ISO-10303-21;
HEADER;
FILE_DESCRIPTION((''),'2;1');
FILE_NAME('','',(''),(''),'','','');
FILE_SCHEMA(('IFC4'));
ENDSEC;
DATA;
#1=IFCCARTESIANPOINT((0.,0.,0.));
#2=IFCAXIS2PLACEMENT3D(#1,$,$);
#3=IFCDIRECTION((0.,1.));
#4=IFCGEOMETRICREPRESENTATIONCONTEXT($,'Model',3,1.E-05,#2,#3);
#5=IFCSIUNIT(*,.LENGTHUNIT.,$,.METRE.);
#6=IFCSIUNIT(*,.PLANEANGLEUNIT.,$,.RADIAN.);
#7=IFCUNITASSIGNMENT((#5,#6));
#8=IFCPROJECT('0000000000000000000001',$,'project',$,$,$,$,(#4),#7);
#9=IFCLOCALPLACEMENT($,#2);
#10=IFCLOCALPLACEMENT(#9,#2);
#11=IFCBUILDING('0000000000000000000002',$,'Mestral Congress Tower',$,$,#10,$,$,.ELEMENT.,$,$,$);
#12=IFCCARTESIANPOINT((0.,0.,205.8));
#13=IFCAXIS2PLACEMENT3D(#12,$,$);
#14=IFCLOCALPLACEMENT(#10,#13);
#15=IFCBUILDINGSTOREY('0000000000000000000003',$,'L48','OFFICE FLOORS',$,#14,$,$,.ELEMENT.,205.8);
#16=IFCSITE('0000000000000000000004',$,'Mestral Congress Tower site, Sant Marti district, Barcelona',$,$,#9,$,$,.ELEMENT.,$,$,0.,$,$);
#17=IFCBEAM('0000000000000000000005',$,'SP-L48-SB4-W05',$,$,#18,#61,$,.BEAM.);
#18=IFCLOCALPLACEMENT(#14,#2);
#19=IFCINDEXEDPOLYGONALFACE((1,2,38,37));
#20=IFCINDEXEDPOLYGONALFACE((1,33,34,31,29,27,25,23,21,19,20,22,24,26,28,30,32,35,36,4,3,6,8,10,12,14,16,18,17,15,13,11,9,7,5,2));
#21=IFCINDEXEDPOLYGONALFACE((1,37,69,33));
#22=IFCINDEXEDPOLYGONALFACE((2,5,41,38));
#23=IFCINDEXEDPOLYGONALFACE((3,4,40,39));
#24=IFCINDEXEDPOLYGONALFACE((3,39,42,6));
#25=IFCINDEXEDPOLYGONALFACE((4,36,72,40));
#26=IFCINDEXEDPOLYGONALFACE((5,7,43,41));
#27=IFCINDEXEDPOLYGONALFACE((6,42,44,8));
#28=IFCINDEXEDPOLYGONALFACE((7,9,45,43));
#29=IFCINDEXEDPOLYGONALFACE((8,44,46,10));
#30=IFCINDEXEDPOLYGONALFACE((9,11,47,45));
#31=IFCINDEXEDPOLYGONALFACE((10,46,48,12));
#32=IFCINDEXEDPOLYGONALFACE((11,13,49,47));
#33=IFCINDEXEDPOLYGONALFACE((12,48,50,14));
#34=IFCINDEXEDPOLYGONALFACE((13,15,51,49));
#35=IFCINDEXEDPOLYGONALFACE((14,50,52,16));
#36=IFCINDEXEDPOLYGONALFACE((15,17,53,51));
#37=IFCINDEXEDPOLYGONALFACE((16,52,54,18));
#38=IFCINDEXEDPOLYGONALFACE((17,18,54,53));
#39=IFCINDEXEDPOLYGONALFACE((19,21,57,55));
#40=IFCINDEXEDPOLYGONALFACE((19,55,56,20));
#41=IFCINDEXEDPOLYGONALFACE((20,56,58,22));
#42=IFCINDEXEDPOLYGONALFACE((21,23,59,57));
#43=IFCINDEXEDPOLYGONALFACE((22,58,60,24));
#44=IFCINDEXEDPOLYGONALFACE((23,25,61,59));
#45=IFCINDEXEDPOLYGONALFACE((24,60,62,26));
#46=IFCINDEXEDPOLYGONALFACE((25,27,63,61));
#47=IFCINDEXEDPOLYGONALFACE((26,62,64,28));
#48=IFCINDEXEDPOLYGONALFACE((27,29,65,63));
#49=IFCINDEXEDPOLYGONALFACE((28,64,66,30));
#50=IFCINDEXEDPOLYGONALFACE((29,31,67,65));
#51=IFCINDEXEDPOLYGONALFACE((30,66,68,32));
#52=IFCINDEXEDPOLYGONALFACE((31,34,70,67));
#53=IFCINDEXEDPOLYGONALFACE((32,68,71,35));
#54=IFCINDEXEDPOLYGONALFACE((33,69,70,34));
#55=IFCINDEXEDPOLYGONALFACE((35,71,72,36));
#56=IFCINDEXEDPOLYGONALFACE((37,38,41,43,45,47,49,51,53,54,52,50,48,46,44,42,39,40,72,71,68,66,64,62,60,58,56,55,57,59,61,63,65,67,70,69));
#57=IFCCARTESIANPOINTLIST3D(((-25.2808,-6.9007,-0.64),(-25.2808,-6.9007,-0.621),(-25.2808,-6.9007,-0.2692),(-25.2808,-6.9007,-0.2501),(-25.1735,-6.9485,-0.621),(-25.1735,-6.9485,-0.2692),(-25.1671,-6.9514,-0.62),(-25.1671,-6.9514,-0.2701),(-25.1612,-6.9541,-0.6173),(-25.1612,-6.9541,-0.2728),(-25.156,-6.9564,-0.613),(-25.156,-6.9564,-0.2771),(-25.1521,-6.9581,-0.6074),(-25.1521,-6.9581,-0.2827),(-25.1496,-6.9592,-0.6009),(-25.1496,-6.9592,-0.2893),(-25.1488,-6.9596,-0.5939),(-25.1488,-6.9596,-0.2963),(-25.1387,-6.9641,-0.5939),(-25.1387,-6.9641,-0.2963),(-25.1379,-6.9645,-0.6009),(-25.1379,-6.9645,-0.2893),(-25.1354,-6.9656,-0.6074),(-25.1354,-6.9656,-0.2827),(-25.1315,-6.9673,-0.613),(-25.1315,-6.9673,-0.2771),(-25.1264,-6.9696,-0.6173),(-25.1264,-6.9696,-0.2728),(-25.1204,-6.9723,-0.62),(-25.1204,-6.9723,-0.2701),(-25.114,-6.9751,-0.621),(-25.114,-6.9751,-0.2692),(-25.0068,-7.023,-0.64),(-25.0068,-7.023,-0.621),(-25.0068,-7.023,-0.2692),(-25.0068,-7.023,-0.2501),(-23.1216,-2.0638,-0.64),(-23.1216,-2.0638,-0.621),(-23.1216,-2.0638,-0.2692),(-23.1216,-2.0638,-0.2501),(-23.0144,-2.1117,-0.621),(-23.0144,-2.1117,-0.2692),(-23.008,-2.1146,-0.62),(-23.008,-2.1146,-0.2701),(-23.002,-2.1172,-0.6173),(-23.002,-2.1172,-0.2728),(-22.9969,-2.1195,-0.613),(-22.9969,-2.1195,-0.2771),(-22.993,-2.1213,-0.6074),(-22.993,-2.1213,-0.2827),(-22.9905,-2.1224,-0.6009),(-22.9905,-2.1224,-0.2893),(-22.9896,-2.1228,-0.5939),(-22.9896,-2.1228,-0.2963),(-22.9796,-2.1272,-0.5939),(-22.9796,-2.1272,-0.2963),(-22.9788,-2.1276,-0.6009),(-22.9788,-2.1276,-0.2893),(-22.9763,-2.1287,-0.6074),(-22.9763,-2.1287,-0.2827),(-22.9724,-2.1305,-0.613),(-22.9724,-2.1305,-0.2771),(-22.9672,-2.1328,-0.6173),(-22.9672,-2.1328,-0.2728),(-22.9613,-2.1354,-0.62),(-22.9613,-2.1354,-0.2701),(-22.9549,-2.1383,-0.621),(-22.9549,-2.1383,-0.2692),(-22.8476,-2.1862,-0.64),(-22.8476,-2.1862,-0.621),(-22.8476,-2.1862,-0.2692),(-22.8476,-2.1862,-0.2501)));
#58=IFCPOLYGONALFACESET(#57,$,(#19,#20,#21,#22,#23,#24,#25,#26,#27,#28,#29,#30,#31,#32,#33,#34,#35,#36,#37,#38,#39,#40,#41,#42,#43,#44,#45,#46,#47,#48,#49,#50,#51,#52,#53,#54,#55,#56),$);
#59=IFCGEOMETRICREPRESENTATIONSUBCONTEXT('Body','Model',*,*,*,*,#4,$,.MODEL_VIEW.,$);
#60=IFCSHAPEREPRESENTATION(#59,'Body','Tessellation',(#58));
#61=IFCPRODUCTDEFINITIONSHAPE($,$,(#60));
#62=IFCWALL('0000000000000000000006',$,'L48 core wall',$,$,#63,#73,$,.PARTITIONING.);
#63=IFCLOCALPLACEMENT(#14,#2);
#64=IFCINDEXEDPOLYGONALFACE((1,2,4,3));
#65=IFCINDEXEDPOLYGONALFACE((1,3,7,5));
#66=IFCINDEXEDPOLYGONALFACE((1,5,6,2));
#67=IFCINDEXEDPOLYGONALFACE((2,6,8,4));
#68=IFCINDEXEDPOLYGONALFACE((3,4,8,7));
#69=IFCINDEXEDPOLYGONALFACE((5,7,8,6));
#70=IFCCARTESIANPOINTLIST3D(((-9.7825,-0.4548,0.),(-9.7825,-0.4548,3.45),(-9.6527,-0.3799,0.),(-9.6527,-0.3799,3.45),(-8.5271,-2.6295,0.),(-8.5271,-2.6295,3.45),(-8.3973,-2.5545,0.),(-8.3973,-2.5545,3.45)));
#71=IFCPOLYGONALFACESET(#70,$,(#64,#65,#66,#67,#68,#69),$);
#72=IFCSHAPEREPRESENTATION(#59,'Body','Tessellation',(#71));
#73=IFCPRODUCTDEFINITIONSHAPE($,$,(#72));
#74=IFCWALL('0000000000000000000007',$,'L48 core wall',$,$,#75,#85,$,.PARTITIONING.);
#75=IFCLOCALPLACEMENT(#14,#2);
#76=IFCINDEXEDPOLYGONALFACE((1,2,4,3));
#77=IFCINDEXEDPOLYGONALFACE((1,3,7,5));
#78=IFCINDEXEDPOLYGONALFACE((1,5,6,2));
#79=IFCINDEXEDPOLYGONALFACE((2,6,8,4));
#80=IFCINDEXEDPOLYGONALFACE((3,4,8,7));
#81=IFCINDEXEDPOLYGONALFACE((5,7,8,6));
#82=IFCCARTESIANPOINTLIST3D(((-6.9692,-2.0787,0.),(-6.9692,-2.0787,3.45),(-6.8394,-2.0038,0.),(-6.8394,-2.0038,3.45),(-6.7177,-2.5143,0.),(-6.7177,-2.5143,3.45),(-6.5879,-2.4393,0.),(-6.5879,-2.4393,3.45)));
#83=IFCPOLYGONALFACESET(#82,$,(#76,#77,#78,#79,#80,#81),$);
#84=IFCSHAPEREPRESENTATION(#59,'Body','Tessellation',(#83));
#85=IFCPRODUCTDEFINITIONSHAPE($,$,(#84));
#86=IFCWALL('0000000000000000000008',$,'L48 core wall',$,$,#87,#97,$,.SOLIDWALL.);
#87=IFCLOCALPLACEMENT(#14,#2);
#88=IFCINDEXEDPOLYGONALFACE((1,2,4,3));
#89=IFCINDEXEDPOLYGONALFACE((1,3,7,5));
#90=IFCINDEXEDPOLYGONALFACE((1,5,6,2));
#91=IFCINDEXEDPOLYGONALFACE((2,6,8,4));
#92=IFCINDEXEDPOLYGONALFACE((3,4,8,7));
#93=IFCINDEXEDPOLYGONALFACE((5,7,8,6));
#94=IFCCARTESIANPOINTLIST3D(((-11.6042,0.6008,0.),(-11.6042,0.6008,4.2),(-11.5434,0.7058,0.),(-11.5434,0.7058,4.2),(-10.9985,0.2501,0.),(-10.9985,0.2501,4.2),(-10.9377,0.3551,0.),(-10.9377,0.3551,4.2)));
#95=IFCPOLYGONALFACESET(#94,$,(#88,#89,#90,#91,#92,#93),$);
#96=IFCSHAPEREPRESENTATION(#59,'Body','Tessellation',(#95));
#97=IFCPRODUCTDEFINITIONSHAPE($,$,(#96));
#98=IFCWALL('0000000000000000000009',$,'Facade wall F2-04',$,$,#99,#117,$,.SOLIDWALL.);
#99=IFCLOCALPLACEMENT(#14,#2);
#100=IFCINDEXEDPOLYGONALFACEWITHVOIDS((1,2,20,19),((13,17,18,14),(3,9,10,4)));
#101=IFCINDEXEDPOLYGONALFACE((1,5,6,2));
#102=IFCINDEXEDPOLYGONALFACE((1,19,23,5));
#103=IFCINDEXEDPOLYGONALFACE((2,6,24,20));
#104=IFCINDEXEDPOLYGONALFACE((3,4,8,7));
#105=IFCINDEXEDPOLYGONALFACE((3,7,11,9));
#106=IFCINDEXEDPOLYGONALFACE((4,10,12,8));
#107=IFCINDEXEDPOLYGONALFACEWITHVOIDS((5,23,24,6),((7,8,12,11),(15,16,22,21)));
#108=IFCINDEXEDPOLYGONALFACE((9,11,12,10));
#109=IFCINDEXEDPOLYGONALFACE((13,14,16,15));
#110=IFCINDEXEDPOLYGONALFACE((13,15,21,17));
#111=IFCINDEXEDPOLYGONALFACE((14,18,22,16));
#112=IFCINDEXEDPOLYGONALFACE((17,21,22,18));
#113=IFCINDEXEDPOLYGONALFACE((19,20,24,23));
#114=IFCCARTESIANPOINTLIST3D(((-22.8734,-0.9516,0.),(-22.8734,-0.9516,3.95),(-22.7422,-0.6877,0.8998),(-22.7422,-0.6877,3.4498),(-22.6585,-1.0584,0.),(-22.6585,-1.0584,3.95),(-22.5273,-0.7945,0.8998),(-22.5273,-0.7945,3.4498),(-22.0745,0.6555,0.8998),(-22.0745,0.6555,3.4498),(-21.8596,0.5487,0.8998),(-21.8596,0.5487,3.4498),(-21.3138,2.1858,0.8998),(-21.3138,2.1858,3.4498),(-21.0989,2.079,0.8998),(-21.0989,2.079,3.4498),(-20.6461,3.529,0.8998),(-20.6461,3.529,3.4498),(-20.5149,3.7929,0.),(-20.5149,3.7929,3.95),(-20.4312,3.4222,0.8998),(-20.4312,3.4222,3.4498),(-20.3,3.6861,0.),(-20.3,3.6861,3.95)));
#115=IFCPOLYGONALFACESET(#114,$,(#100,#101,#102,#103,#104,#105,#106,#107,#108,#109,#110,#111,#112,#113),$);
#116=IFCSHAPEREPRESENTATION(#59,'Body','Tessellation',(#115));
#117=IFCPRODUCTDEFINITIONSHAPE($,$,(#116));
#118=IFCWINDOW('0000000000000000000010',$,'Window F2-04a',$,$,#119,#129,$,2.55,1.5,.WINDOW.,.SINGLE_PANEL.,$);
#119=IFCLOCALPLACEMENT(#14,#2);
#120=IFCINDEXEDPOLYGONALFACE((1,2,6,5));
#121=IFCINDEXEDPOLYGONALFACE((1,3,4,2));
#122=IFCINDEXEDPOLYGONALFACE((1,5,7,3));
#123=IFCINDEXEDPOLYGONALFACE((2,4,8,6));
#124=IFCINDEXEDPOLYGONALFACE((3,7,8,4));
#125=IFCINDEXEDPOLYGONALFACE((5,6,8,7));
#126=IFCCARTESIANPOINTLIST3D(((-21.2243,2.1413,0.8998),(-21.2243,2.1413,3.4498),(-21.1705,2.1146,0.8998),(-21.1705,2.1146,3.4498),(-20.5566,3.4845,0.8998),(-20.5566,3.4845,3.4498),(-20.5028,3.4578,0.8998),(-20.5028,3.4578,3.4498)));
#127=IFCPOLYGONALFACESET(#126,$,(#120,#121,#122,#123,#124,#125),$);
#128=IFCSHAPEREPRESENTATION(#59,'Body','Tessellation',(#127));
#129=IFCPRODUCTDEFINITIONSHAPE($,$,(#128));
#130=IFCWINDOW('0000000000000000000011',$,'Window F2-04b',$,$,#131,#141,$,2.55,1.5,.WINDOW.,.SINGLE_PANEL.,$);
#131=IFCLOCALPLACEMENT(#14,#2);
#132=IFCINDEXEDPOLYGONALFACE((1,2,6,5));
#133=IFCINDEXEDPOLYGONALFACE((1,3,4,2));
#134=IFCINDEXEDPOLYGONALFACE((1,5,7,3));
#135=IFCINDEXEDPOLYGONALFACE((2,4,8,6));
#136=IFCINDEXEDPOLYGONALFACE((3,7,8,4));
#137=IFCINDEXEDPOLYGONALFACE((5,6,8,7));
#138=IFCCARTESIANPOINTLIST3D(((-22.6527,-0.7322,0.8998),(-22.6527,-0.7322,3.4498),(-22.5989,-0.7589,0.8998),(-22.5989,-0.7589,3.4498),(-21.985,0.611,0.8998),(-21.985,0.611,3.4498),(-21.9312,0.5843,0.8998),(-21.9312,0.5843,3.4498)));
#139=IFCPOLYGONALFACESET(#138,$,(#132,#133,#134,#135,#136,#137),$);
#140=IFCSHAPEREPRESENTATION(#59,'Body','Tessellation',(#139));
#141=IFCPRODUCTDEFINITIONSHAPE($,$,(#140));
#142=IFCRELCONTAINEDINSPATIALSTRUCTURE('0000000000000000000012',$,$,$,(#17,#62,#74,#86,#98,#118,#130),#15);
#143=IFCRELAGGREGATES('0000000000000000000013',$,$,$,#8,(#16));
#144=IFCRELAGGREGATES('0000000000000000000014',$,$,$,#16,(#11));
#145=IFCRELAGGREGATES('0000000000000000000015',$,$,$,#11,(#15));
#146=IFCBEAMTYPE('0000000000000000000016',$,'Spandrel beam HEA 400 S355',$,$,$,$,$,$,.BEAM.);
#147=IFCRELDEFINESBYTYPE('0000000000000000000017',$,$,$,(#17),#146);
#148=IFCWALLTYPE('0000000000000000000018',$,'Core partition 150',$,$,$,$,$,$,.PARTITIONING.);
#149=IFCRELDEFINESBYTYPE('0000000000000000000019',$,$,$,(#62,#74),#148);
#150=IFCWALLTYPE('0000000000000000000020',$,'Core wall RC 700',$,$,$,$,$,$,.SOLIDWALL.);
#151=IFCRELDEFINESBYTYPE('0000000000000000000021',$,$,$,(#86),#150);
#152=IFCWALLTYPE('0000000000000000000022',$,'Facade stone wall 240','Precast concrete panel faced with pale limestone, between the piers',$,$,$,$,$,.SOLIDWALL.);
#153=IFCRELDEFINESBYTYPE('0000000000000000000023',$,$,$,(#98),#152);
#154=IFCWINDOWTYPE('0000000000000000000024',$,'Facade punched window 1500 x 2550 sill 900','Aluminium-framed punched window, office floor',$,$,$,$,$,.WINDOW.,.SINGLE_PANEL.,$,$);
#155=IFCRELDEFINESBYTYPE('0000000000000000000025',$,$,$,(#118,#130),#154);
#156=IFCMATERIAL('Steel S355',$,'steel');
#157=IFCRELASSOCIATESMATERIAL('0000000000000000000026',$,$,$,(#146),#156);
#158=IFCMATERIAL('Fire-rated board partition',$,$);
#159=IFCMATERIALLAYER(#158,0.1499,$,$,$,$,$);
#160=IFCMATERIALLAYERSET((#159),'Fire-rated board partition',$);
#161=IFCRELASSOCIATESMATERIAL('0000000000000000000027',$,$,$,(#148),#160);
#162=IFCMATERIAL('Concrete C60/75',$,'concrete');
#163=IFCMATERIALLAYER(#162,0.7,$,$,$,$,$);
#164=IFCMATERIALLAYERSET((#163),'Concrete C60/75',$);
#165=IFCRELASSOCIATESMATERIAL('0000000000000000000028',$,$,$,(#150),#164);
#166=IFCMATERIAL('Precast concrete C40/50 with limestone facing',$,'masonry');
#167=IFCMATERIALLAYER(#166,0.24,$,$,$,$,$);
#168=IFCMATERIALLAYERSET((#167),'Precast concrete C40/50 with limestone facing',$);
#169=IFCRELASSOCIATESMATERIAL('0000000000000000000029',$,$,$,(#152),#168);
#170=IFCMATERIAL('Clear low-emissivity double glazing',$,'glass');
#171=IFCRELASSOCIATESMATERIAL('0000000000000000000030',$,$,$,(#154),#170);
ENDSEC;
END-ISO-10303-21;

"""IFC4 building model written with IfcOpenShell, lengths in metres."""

from ifc_helpers import new_model, si_unit, direction, frame, frame_2d, origin, origin_2d, place, context, subcontext, project, spatial, rectangle, i_section, extrude, material, layer, layer_set, material_profile, profile_set, type_object, element, fill, save


model = new_model("IFC4")

# Units and contexts
model_context = context("Model", 3, precision=1e-05, world=origin(), true_north=direction((0.0, 1.0)))
body_context = subcontext(model_context, "Body", "Model", "MODEL_VIEW")
ifc_project = project(units=[si_unit("LENGTHUNIT", "METRE"), si_unit("PLANEANGLEUNIT", "RADIAN")], contexts=[model_context])

# Site, building, storey
site_placement = place(None, origin())
site = spatial("IfcSite", under=ifc_project, at=site_placement, Name="Mestral Congress Tower site, Sant Marti district, Barcelona", CompositionType="ELEMENT", RefElevation=0.0)
building_placement = place(site_placement, origin())
building = spatial("IfcBuilding", under=site, at=building_placement, Name="Mestral Congress Tower", CompositionType="ELEMENT")
storey_placement = place(building_placement, frame((0.0, 0.0, 205.8)))
storey = spatial("IfcBuildingStorey", under=building, at=storey_placement, Name="L48", Description="OFFICE FLOORS", CompositionType="ELEMENT", Elevation=205.8)

# Shared definitions
ifc_material_1 = material(Name="Concrete C60/75", Category="concrete")

# Beam
ifc_material_2 = material(Name="Steel S355", Category="steel")
ifc_material_profile_1 = material_profile(ifc_material_2, i_section(OverallWidth=0.3, OverallDepth=0.3899, WebThickness=0.011, FlangeThickness=0.019, FilletRadius=0.0271, at=origin_2d()), Name="HEA 400")
ifc_profile_set_1 = profile_set([ifc_material_profile_1], Name="Steel S355")
beam_type_1 = type_object("IfcBeamType", Name="Spandrel beam HEA 400 S355", PredefinedType="BEAM", material=ifc_profile_set_1)
beam_1_placement = place(storey_placement, frame((-22.9846, -2.125, -0.4451), z_axis=(-0.407626, -0.913149, 0.0), x_axis=(0.913149, -0.407626, 0.0)))
element("IfcBeam", 1, at=beam_1_placement, inside=storey, type_object=beam_type_1, Name="SP-L48-SB4-W05", PredefinedType="BEAM", context=body_context, shape_type="SweptSolid", body=[
    extrude(i_section(OverallWidth=0.3, OverallDepth=0.3899, WebThickness=0.011, FlangeThickness=0.019, FilletRadius=0.0271, at=origin_2d()), origin(), (0.0, 0.0, 1.0), 5.2969),
])

# Walls
ifc_material_3 = material(Name="Fire-rated board partition")
ifc_layer_1 = layer(ifc_material_3, 0.1499)
ifc_layer_set_1 = layer_set([ifc_layer_1], Name="Fire-rated board partition")
wall_type_1 = type_object("IfcWallType", Name="Core partition 150", PredefinedType="PARTITIONING", material=ifc_layer_set_1)
wall_1_placement = place(storey_placement, frame((-9.7175, -0.4175, 0.0), z_axis=(0.0, 0.0, 1.0), x_axis=(0.499967, -0.866045, 0.0)))
element("IfcWall", 2, at=wall_1_placement, inside=storey, type_object=wall_type_1, Name="L48 core wall", PredefinedType="PARTITIONING", context=body_context, shape_type="SweptSolid", body=[
    extrude(rectangle(XDim=2.511, YDim=0.1499, at=frame_2d((1.2554, 0.0))), origin(), (0.0, 0.0, 1.0), 3.45),
])
wall_2_placement = place(storey_placement, frame((-6.6528, -2.4768, 0.0), z_axis=(0.0, 0.0, 1.0), x_axis=(-0.500003, 0.866024, 0.0)))
element("IfcWall", 3, at=wall_2_placement, inside=storey, type_object=wall_type_1, Name="L48 core wall", PredefinedType="PARTITIONING", context=body_context, shape_type="SweptSolid", body=[
    extrude(rectangle(XDim=0.5029, YDim=0.1499, at=frame_2d((0.2515, 0.0))), origin(), (0.0, 0.0, 1.0), 3.45),
])
ifc_layer_2 = layer(ifc_material_1, 0.7)
ifc_layer_set_2 = layer_set([ifc_layer_2], Name="Concrete C60/75")
wall_type_2 = type_object("IfcWallType", Name="Core wall RC 700", PredefinedType="SOLIDWALL", material=ifc_layer_set_2)
wall_3_placement = place(storey_placement, frame((-11.3013, 0.4255, 0.0), z_axis=(0.0, 0.0, 1.0), x_axis=(0.501116, 0.86538, 0.0)))
element("IfcWall", 4, at=wall_3_placement, inside=storey, type_object=wall_type_2, Name="L48 core wall", PredefinedType="SOLIDWALL", context=body_context, shape_type="SweptSolid", body=[
    extrude(rectangle(XDim=0.1213, YDim=0.7, at=frame_2d((0.0605, 0.0))), origin(), (0.0, 0.0, 1.0), 4.2),
])

# Wall, openings, windows
ifc_material_4 = material(Name="Precast concrete C40/50 with limestone facing", Category="masonry")
ifc_layer_3 = layer(ifc_material_4, 0.24)
ifc_layer_set_3 = layer_set([ifc_layer_3], Name="Precast concrete C40/50 with limestone facing")
wall_type_3 = type_object("IfcWallType", Name="Facade stone wall 240", Description="Precast concrete panel faced with pale limestone, between the piers", PredefinedType="SOLIDWALL", material=ifc_layer_set_3)
wall_4_placement = place(storey_placement, frame((-20.4075, 3.7395, 0.0), z_axis=(0.0, 0.0, 1.0), x_axis=(-0.44513, -0.895466, 0.0)))
wall_4 = element("IfcWall", 5, at=wall_4_placement, inside=storey, type_object=wall_type_3, Name="Facade wall F2-04", PredefinedType="SOLIDWALL", context=body_context, shape_type="SweptSolid", body=[
    extrude(rectangle(XDim=5.2983, YDim=0.24, at=frame_2d((2.6492, 0.0))), origin(), (0.0, 0.0, 1.0), 3.95),
])
opening_1_placement = place(wall_4_placement, frame((0.2947, 0.0, 0.8999)))
opening_1 = element("IfcOpeningElement", 6, at=opening_1_placement, cuts=wall_4, PredefinedType="OPENING", context=body_context, shape_type="SweptSolid", body=[
    extrude(rectangle(XDim=1.5, YDim=2.55, at=frame_2d((0.75, 1.2749))), frame((0.0, 0.1299, 0.0), z_axis=(0.0, -1.0, 0.0), x_axis=(1.0, 0.0, 0.0)), (0.0, 0.0, 1.0), 0.26),
])
opening_2_placement = place(wall_4_placement, frame((3.5037, 0.0, 0.8999)))
opening_2 = element("IfcOpeningElement", 7, at=opening_2_placement, cuts=wall_4, PredefinedType="OPENING", context=body_context, shape_type="SweptSolid", body=[
    extrude(rectangle(XDim=1.5, YDim=2.55, at=frame_2d((0.75, 1.2749))), frame((0.0, 0.1299, 0.0), z_axis=(0.0, -1.0, 0.0), x_axis=(1.0, 0.0, 0.0)), (0.0, 0.0, 1.0), 0.26),
])
ifc_material_5 = material(Name="Clear low-emissivity double glazing", Category="glass")
window_type = type_object("IfcWindowType", Name="Facade punched window 1500 x 2550 sill 900", Description="Aluminium-framed punched window, office floor", PartitioningType="SINGLE_PANEL", PredefinedType="WINDOW", material=ifc_material_5)
window_1_placement = place(opening_1_placement, origin())
window_1 = element("IfcWindow", 8, at=window_1_placement, inside=storey, type_object=window_type, Name="Window F2-04a", OverallHeight=2.55, OverallWidth=1.5, PartitioningType="SINGLE_PANEL", PredefinedType="WINDOW", context=body_context, shape_type="SweptSolid", body=[
    extrude(rectangle(XDim=1.5, YDim=2.55, at=frame_2d((0.75, 1.2749))), frame((0.0, 0.04, 0.0), z_axis=(0.0, -1.0, 0.0), x_axis=(1.0, 0.0, 0.0)), (0.0, 0.0, 1.0), 0.0601),
])
fill(opening_1, window_1)
window_2_placement = place(opening_2_placement, origin())
window_2 = element("IfcWindow", 9, at=window_2_placement, inside=storey, type_object=window_type, Name="Window F2-04b", OverallHeight=2.55, OverallWidth=1.5, PartitioningType="SINGLE_PANEL", PredefinedType="WINDOW", context=body_context, shape_type="SweptSolid", body=[
    extrude(rectangle(XDim=1.5, YDim=2.55, at=frame_2d((0.75, 1.2749))), frame((0.0, 0.04, 0.0), z_axis=(0.0, -1.0, 0.0), x_axis=(1.0, 0.0, 0.0)), (0.0, 0.0, 1.0), 0.0601),
])
fill(opening_2, window_2)

save(model, "model.ifc")
